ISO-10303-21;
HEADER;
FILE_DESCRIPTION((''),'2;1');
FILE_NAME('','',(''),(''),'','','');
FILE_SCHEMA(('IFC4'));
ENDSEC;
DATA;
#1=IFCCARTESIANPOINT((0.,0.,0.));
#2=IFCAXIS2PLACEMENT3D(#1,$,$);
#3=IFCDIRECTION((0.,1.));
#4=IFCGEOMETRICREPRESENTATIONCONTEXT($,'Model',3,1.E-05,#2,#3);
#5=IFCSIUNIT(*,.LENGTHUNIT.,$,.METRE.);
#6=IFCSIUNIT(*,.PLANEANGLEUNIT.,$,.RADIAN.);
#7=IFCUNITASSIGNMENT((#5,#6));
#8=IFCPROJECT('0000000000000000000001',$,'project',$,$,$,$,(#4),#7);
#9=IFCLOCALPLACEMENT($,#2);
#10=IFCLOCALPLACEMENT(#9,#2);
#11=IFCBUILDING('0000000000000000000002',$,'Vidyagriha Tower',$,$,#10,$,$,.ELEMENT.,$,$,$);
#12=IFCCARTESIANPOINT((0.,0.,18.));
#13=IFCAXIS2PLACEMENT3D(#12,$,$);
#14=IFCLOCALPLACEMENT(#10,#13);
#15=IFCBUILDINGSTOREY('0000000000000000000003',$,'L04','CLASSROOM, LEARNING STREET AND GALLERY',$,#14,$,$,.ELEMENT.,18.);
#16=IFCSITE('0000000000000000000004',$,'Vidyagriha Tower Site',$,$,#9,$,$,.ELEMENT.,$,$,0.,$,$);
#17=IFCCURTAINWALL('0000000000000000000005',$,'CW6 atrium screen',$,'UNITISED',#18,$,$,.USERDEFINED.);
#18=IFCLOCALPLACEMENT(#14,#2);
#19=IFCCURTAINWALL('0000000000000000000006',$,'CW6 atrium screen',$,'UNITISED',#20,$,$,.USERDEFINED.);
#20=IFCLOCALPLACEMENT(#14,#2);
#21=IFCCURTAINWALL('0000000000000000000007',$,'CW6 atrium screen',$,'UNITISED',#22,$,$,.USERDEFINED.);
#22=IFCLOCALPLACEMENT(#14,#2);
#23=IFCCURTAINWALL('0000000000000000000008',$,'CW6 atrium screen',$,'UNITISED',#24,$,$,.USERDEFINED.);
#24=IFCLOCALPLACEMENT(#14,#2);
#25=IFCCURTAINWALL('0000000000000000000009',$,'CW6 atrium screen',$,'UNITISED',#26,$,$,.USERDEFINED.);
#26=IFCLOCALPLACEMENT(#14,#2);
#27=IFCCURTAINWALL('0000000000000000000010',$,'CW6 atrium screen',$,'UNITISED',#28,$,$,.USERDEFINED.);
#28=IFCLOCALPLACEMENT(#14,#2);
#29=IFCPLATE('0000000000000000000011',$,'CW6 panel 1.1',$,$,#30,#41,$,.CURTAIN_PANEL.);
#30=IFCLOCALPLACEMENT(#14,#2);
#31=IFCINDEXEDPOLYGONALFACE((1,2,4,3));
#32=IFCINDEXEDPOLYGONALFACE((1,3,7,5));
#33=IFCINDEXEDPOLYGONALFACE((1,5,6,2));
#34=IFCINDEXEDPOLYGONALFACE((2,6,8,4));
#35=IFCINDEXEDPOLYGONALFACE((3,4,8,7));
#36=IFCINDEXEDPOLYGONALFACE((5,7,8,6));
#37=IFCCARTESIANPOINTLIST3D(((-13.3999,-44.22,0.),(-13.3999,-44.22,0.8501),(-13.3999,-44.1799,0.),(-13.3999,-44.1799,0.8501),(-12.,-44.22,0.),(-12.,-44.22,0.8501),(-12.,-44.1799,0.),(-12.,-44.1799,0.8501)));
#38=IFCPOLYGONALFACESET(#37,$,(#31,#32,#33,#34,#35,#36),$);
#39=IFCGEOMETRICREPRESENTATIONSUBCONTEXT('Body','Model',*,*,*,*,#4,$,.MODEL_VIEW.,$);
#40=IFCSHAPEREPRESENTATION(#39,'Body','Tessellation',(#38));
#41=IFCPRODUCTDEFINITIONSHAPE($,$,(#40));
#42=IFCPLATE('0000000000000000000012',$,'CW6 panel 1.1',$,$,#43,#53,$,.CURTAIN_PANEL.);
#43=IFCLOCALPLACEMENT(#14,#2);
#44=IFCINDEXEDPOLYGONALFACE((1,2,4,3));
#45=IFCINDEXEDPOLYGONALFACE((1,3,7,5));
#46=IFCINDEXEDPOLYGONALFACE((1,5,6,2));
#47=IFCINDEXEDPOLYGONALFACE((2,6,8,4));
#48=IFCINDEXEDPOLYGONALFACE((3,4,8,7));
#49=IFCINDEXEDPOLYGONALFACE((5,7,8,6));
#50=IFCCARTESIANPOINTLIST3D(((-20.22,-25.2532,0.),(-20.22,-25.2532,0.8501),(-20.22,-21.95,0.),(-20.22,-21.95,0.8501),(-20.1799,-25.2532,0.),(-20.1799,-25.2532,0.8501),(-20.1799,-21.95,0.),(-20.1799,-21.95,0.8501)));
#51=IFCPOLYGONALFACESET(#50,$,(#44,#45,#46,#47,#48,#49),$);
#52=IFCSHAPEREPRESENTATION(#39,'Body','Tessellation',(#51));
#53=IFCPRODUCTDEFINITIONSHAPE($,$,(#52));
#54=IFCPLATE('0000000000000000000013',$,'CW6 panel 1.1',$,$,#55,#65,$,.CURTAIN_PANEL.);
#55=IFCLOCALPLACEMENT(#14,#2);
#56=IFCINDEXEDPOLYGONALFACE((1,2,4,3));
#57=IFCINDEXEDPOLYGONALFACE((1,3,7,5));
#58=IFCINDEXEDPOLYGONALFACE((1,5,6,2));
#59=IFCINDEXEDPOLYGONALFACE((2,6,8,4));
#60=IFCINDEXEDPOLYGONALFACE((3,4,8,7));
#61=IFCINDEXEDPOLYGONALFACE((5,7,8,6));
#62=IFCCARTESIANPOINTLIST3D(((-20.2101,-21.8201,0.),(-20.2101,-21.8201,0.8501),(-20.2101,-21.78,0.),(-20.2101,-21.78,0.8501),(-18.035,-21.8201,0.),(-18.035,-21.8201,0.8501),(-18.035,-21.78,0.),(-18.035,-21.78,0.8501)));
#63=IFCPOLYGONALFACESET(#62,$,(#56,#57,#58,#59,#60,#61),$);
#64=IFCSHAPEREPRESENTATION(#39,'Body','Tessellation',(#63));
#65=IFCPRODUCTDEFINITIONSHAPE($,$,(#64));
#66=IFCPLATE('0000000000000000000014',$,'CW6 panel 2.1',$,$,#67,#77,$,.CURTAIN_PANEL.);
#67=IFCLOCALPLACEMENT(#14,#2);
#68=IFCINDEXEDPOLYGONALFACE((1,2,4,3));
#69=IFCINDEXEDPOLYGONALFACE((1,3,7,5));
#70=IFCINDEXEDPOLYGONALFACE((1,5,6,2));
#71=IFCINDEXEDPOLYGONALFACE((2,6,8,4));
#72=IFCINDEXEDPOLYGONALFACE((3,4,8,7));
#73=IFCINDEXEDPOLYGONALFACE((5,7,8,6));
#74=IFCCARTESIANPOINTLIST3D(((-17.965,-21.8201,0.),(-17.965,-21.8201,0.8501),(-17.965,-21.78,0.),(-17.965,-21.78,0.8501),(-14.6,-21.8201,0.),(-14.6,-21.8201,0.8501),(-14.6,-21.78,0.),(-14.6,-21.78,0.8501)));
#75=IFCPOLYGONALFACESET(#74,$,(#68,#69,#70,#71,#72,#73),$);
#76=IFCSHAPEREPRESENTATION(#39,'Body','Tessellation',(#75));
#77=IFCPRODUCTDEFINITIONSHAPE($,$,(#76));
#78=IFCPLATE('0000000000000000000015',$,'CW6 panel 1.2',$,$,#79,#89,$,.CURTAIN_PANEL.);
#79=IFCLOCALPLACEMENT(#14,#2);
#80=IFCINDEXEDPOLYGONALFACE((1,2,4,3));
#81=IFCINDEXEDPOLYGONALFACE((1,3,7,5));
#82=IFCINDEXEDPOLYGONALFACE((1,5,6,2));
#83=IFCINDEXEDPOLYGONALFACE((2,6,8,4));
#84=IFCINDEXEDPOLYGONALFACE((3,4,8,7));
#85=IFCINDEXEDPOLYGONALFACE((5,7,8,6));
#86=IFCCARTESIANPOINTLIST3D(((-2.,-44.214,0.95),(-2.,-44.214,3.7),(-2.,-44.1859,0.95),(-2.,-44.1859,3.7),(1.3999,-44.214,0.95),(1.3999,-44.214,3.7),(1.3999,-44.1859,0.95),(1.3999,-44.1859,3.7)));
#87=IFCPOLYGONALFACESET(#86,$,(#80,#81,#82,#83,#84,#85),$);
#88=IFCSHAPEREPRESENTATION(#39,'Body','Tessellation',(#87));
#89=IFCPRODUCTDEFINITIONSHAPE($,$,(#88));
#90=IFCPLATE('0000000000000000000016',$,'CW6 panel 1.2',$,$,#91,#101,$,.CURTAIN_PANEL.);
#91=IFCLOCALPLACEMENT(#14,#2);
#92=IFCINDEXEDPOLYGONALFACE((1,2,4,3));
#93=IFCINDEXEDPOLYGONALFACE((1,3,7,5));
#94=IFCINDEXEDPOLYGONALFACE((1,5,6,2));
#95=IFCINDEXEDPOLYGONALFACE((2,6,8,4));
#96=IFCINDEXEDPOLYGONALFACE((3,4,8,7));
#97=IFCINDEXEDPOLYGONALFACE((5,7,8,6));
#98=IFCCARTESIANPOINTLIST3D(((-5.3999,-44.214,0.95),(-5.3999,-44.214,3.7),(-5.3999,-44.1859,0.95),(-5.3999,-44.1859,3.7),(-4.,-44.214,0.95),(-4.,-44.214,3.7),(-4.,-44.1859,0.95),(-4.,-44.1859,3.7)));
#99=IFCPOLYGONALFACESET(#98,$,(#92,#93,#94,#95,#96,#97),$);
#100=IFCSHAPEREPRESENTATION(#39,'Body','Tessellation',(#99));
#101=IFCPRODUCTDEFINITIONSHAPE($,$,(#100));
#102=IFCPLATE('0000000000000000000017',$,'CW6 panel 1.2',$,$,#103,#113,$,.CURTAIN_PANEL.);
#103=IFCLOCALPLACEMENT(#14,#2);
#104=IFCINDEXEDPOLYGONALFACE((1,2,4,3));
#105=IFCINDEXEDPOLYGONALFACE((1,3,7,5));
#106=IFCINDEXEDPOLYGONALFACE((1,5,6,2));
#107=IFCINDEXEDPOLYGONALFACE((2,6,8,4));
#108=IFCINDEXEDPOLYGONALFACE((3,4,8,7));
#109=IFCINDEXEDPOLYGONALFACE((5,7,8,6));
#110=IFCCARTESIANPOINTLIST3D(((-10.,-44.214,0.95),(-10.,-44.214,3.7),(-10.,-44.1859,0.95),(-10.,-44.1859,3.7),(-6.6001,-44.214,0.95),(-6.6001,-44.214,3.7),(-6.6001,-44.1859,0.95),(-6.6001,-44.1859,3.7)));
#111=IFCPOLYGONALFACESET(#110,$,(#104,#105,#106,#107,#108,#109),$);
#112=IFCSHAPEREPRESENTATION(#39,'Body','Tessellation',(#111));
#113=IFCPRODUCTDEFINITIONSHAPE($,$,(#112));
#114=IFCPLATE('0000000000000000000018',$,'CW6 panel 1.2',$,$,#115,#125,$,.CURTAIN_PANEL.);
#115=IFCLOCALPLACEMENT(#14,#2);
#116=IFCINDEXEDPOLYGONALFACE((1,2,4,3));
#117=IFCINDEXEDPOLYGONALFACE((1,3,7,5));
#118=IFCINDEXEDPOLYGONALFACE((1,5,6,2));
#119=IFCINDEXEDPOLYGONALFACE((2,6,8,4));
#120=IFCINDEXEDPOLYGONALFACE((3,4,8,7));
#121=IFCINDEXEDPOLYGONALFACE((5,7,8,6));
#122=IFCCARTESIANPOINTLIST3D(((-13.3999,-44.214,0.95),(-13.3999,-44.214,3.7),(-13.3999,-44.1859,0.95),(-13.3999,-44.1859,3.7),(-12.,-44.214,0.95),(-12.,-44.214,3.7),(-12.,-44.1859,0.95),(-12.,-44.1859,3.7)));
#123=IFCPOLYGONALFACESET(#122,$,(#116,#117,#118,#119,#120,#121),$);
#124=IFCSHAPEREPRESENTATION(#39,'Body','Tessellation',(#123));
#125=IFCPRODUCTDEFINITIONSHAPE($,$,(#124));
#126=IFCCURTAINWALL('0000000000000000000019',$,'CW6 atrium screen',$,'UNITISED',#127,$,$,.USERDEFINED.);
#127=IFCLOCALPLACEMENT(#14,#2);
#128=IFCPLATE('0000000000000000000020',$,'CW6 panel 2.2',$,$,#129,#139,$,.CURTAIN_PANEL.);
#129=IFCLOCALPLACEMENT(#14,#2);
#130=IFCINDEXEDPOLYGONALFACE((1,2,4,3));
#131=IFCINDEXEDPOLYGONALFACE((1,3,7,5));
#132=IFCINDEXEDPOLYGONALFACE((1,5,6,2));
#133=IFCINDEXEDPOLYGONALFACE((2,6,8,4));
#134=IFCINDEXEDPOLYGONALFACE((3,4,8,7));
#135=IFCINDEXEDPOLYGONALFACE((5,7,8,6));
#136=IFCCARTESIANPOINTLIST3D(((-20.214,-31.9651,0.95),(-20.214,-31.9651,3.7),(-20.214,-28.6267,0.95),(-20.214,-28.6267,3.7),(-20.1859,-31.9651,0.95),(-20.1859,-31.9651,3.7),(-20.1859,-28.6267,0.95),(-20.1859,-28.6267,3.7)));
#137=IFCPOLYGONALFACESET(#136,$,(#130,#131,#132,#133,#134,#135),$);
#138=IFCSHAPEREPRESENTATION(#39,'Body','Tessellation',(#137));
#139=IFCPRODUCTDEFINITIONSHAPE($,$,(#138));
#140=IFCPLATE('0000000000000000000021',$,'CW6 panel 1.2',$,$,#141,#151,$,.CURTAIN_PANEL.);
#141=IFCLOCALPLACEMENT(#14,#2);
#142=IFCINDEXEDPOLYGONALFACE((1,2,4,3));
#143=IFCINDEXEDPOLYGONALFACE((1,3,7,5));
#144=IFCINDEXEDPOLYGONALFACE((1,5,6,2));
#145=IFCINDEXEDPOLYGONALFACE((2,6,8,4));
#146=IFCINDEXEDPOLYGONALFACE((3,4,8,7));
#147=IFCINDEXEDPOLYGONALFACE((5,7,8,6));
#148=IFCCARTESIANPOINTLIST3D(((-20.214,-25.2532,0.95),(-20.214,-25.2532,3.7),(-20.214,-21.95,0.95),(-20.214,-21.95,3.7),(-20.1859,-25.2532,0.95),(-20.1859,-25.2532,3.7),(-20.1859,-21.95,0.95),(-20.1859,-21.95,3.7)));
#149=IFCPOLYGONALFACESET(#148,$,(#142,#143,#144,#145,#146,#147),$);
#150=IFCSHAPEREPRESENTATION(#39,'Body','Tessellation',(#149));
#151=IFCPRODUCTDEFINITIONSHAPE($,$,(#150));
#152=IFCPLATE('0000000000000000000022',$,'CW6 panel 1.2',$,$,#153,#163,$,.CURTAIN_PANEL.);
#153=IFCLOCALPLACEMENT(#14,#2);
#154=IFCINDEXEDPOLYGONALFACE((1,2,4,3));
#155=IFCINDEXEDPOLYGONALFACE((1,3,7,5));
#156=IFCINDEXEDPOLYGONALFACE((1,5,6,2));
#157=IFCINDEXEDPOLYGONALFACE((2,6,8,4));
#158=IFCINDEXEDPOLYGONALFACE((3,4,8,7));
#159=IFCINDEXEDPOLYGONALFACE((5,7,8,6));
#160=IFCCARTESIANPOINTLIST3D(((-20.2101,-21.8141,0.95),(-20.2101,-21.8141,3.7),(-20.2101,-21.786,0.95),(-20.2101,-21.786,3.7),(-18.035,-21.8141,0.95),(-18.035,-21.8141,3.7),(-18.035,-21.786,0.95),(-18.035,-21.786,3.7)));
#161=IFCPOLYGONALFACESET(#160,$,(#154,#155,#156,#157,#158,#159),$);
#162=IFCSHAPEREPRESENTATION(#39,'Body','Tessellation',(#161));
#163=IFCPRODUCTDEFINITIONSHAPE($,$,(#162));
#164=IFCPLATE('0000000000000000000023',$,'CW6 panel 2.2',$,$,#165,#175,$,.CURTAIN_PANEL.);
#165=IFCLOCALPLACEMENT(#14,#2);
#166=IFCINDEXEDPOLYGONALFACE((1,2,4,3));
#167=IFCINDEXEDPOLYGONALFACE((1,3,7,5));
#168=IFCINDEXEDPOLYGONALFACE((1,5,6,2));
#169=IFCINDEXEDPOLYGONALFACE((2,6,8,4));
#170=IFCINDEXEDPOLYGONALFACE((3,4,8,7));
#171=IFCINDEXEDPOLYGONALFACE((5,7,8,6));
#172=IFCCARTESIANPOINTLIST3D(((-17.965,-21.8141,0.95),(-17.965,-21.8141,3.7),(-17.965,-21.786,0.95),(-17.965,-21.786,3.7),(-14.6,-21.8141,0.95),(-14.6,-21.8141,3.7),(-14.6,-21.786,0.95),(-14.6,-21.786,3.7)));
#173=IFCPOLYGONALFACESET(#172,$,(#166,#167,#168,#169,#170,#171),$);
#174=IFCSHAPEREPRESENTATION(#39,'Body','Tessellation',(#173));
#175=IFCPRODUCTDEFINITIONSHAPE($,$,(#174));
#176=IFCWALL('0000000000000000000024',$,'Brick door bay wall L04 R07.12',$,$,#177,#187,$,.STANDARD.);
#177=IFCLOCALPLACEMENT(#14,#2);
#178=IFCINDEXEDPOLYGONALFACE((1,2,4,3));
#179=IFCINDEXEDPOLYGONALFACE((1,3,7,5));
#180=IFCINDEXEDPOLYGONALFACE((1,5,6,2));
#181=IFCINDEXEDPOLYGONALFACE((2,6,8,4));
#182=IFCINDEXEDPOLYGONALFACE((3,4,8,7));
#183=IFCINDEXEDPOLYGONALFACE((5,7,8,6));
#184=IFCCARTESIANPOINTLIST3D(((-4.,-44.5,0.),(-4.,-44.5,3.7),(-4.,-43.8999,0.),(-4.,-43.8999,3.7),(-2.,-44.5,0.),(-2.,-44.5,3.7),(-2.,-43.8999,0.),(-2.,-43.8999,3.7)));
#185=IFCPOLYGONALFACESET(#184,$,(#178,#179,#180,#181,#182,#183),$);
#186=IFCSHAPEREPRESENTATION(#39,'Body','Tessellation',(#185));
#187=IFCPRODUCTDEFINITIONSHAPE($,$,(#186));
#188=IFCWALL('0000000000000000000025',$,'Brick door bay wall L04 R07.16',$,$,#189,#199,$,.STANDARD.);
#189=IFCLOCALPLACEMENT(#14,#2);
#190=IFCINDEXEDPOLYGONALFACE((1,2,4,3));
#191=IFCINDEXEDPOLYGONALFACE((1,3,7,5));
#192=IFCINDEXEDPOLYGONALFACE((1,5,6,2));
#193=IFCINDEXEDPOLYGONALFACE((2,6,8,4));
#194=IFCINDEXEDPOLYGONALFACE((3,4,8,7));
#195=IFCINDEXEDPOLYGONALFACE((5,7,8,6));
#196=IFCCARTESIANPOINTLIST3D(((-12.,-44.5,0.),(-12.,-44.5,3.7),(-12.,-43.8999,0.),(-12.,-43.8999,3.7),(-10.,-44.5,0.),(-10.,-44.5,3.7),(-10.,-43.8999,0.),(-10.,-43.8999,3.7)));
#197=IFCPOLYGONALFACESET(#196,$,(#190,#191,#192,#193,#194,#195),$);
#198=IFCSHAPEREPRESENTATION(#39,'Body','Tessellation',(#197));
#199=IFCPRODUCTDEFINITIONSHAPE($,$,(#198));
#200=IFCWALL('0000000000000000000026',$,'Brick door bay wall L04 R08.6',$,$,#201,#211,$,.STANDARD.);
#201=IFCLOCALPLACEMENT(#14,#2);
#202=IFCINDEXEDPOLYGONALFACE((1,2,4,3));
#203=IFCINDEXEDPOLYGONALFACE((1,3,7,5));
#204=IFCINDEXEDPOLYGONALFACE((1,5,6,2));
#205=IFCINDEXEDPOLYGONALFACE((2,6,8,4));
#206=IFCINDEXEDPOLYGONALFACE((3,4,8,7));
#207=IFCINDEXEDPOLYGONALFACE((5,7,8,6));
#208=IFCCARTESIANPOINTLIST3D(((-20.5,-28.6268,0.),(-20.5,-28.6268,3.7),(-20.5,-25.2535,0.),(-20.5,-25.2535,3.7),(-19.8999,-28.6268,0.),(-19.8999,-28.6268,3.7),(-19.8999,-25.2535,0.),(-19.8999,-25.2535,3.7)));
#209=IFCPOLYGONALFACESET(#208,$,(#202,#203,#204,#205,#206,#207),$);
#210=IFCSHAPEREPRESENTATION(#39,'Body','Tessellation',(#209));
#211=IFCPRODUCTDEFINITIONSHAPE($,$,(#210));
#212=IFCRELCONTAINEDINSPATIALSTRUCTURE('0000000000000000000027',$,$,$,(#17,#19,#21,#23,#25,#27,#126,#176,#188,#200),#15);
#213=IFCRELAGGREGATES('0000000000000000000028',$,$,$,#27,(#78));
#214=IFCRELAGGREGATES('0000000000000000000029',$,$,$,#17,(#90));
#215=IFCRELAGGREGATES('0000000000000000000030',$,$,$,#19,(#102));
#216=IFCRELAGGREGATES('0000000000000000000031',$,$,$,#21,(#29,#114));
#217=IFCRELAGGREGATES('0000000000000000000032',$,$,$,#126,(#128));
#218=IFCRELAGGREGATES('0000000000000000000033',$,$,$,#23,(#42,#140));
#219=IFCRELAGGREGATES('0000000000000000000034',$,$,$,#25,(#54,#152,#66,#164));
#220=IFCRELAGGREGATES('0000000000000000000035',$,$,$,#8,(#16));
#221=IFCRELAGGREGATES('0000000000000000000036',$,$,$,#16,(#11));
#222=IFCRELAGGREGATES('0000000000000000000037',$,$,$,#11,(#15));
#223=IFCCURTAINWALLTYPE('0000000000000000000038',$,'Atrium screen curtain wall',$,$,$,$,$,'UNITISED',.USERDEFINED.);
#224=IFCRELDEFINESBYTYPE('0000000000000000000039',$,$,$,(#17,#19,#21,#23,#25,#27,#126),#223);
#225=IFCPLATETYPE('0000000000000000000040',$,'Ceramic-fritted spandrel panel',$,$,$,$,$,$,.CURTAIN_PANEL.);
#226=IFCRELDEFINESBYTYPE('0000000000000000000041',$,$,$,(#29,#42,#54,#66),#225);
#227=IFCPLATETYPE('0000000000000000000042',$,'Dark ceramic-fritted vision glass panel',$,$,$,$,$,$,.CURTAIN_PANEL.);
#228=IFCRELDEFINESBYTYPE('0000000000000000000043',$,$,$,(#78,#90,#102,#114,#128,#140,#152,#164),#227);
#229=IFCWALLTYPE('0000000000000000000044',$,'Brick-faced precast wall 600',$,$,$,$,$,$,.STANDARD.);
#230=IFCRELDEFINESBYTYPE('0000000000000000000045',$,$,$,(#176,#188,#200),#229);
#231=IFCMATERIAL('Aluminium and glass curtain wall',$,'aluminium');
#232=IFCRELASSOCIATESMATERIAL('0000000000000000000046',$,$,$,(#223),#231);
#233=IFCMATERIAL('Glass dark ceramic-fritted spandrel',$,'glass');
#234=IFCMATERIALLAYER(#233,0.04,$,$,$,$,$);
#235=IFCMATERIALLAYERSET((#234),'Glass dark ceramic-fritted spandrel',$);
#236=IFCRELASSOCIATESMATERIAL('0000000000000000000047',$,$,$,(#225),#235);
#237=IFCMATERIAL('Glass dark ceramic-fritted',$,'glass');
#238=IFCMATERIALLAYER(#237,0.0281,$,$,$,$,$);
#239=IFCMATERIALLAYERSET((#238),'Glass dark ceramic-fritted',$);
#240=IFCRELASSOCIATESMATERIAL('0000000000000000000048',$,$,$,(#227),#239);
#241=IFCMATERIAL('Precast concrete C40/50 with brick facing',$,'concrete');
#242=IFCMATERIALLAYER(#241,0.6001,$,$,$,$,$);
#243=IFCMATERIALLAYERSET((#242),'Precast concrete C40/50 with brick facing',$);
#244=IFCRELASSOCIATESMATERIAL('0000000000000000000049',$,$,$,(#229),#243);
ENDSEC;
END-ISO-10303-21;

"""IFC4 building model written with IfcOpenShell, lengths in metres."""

from ifc_helpers import new_model, si_unit, direction, frame, frame_2d, origin, origin_2d, place, context, subcontext, project, spatial, rectangle, extrude, material, layer, layer_set, type_object, element, aggregate, save


model = new_model("IFC4")

# Units and contexts
model_context = context("Model", 3, precision=1e-05, world=origin(), true_north=direction((0.0, 1.0)))
body_context = subcontext(model_context, "Body", "Model", "MODEL_VIEW")
ifc_project = project(units=[si_unit("LENGTHUNIT", "METRE"), si_unit("PLANEANGLEUNIT", "RADIAN")], contexts=[model_context])

# Site, building, storey
site_placement = place(None, origin())
site = spatial("IfcSite", under=ifc_project, at=site_placement, Name="Vidyagriha Tower Site", CompositionType="ELEMENT", RefElevation=0.0)
building_placement = place(site_placement, origin())
building = spatial("IfcBuilding", under=site, at=building_placement, Name="Vidyagriha Tower", CompositionType="ELEMENT")
storey_placement = place(building_placement, frame((0.0, 0.0, 18.0)))
storey = spatial("IfcBuildingStorey", under=building, at=storey_placement, Name="L04", Description="CLASSROOM, LEARNING STREET AND GALLERY", CompositionType="ELEMENT", Elevation=18.0)

# Curtain walls
ifc_material_1 = material(Name="Aluminium and glass curtain wall", Category="aluminium")
curtain_wall_type = type_object("IfcCurtainWallType", Name="Atrium screen curtain wall", ElementType="UNITISED", PredefinedType="USERDEFINED", material=ifc_material_1)
curtain_wall_1_placement = place(storey_placement, origin())
curtain_wall_1 = element("IfcCurtainWall", 1, at=curtain_wall_1_placement, inside=storey, type_object=curtain_wall_type, Name="CW6 atrium screen", ObjectType="UNITISED", PredefinedType="USERDEFINED")
curtain_wall_2_placement = place(storey_placement, origin())
curtain_wall_2 = element("IfcCurtainWall", 2, at=curtain_wall_2_placement, inside=storey, type_object=curtain_wall_type, Name="CW6 atrium screen", ObjectType="UNITISED", PredefinedType="USERDEFINED")
curtain_wall_3_placement = place(storey_placement, origin())
curtain_wall_3 = element("IfcCurtainWall", 3, at=curtain_wall_3_placement, inside=storey, type_object=curtain_wall_type, Name="CW6 atrium screen", ObjectType="UNITISED", PredefinedType="USERDEFINED")
curtain_wall_4_placement = place(storey_placement, origin())
curtain_wall_4 = element("IfcCurtainWall", 4, at=curtain_wall_4_placement, inside=storey, type_object=curtain_wall_type, Name="CW6 atrium screen", ObjectType="UNITISED", PredefinedType="USERDEFINED")

# Curtain wall
curtain_wall_5_placement = place(storey_placement, origin())
curtain_wall_5 = element("IfcCurtainWall", 5, at=curtain_wall_5_placement, inside=storey, type_object=curtain_wall_type, Name="CW6 atrium screen", ObjectType="UNITISED", PredefinedType="USERDEFINED")

# Curtain wall
curtain_wall_6_placement = place(storey_placement, origin())
curtain_wall_6 = element("IfcCurtainWall", 6, at=curtain_wall_6_placement, inside=storey, type_object=curtain_wall_type, Name="CW6 atrium screen", ObjectType="UNITISED", PredefinedType="USERDEFINED")
ifc_material_2 = material(Name="Glass dark ceramic-fritted spandrel", Category="glass")
ifc_layer_1 = layer(ifc_material_2, 0.04)
ifc_layer_set_1 = layer_set([ifc_layer_1], Name="Glass dark ceramic-fritted spandrel")
plate_type_1 = type_object("IfcPlateType", Name="Ceramic-fritted spandrel panel", PredefinedType="CURTAIN_PANEL", material=ifc_layer_set_1)

# Plates
plate_1_placement = place(storey_placement, frame((-12.7, -44.2, 0.0), z_axis=(0.0, 0.0, 1.0), x_axis=(-1.0, 0.0, 0.0)))
plate_1 = element("IfcPlate", 7, at=plate_1_placement, type_object=plate_type_1, Name="CW6 panel 1.1", PredefinedType="CURTAIN_PANEL", context=body_context, shape_type="SweptSolid", body=[
    extrude(rectangle(XDim=1.3999, YDim=0.04, at=origin_2d()), origin(), (0.0, 0.0, 1.0), 0.8501),
])
plate_2_placement = place(storey_placement, frame((-20.2, -23.6016, 0.0), z_axis=(0.0, 0.0, 1.0), x_axis=(0.0, 1.0, 0.0)))
plate_2 = element("IfcPlate", 8, at=plate_2_placement, type_object=plate_type_1, Name="CW6 panel 1.1", PredefinedType="CURTAIN_PANEL", context=body_context, shape_type="SweptSolid", body=[
    extrude(rectangle(XDim=3.3032, YDim=0.04, at=origin_2d()), origin(), (0.0, 0.0, 1.0), 0.8501),
])
plate_3_placement = place(storey_placement, frame((-19.1226, -21.8, 0.0)))
plate_3 = element("IfcPlate", 9, at=plate_3_placement, type_object=plate_type_1, Name="CW6 panel 1.1", PredefinedType="CURTAIN_PANEL", context=body_context, shape_type="SweptSolid", body=[
    extrude(rectangle(XDim=2.175, YDim=0.04, at=origin_2d()), origin(), (0.0, 0.0, 1.0), 0.8501),
])
plate_4_placement = place(storey_placement, frame((-16.2825, -21.8, 0.0)))
plate_4 = element("IfcPlate", 10, at=plate_4_placement, type_object=plate_type_1, Name="CW6 panel 2.1", PredefinedType="CURTAIN_PANEL", context=body_context, shape_type="SweptSolid", body=[
    extrude(rectangle(XDim=3.365, YDim=0.04, at=origin_2d()), origin(), (0.0, 0.0, 1.0), 0.8501),
])
ifc_material_3 = material(Name="Glass dark ceramic-fritted", Category="glass")
ifc_layer_2 = layer(ifc_material_3, 0.0281)
ifc_layer_set_2 = layer_set([ifc_layer_2], Name="Glass dark ceramic-fritted")
plate_type_2 = type_object("IfcPlateType", Name="Dark ceramic-fritted vision glass panel", PredefinedType="CURTAIN_PANEL", material=ifc_layer_set_2)
plate_5_placement = place(storey_placement, frame((-0.3, -44.2, 0.95), z_axis=(0.0, 0.0, 1.0), x_axis=(-1.0, 0.0, 0.0)))
plate_5 = element("IfcPlate", 11, at=plate_5_placement, type_object=plate_type_2, Name="CW6 panel 1.2", PredefinedType="CURTAIN_PANEL", context=body_context, shape_type="SweptSolid", body=[
    extrude(rectangle(XDim=3.3999, YDim=0.0281, at=origin_2d()), origin(), (0.0, 0.0, 1.0), 2.75),
])
aggregate(curtain_wall_6, [plate_5])
plate_6_placement = place(storey_placement, frame((-4.7, -44.2, 0.95), z_axis=(0.0, 0.0, 1.0), x_axis=(-1.0, 0.0, 0.0)))
plate_6 = element("IfcPlate", 12, at=plate_6_placement, type_object=plate_type_2, Name="CW6 panel 1.2", PredefinedType="CURTAIN_PANEL", context=body_context, shape_type="SweptSolid", body=[
    extrude(rectangle(XDim=1.3999, YDim=0.0281, at=origin_2d()), origin(), (0.0, 0.0, 1.0), 2.75),
])
aggregate(curtain_wall_1, [plate_6])
plate_7_placement = place(storey_placement, frame((-8.3, -44.2, 0.95), z_axis=(0.0, 0.0, 1.0), x_axis=(-1.0, 0.0, 0.0)))
plate_7 = element("IfcPlate", 13, at=plate_7_placement, type_object=plate_type_2, Name="CW6 panel 1.2", PredefinedType="CURTAIN_PANEL", context=body_context, shape_type="SweptSolid", body=[
    extrude(rectangle(XDim=3.3999, YDim=0.0281, at=origin_2d()), origin(), (0.0, 0.0, 1.0), 2.75),
])
aggregate(curtain_wall_2, [plate_7])
plate_8_placement = place(storey_placement, frame((-12.7, -44.2, 0.95), z_axis=(0.0, 0.0, 1.0), x_axis=(-1.0, 0.0, 0.0)))
plate_8 = element("IfcPlate", 14, at=plate_8_placement, type_object=plate_type_2, Name="CW6 panel 1.2", PredefinedType="CURTAIN_PANEL", context=body_context, shape_type="SweptSolid", body=[
    extrude(rectangle(XDim=1.3999, YDim=0.0281, at=origin_2d()), origin(), (0.0, 0.0, 1.0), 2.75),
])
aggregate(curtain_wall_3, [plate_1, plate_8])

# Curtain wall, plate
curtain_wall_7_placement = place(storey_placement, origin())
curtain_wall_7 = element("IfcCurtainWall", 15, at=curtain_wall_7_placement, inside=storey, type_object=curtain_wall_type, Name="CW6 atrium screen", ObjectType="UNITISED", PredefinedType="USERDEFINED")
plate_9_placement = place(storey_placement, frame((-20.2, -30.2959, 0.95), z_axis=(0.0, 0.0, 1.0), x_axis=(0.0, 1.0, 0.0)))
plate_9 = element("IfcPlate", 16, at=plate_9_placement, type_object=plate_type_2, Name="CW6 panel 2.2", PredefinedType="CURTAIN_PANEL", context=body_context, shape_type="SweptSolid", body=[
    extrude(rectangle(XDim=3.3384, YDim=0.0281, at=origin_2d()), origin(), (0.0, 0.0, 1.0), 2.75),
])
aggregate(curtain_wall_7, [plate_9])

# Plates
plate_10_placement = place(storey_placement, frame((-20.2, -23.6016, 0.95), z_axis=(0.0, 0.0, 1.0), x_axis=(0.0, 1.0, 0.0)))
plate_10 = element("IfcPlate", 17, at=plate_10_placement, type_object=plate_type_2, Name="CW6 panel 1.2", PredefinedType="CURTAIN_PANEL", context=body_context, shape_type="SweptSolid", body=[
    extrude(rectangle(XDim=3.3032, YDim=0.0281, at=origin_2d()), origin(), (0.0, 0.0, 1.0), 2.75),
])
aggregate(curtain_wall_4, [plate_2, plate_10])
plate_11_placement = place(storey_placement, frame((-19.1226, -21.8, 0.95)))
plate_11 = element("IfcPlate", 18, at=plate_11_placement, type_object=plate_type_2, Name="CW6 panel 1.2", PredefinedType="CURTAIN_PANEL", context=body_context, shape_type="SweptSolid", body=[
    extrude(rectangle(XDim=2.175, YDim=0.0281, at=origin_2d()), origin(), (0.0, 0.0, 1.0), 2.75),
])
plate_12_placement = place(storey_placement, frame((-16.2825, -21.8, 0.95)))
plate_12 = element("IfcPlate", 19, at=plate_12_placement, type_object=plate_type_2, Name="CW6 panel 2.2", PredefinedType="CURTAIN_PANEL", context=body_context, shape_type="SweptSolid", body=[
    extrude(rectangle(XDim=3.365, YDim=0.0281, at=origin_2d()), origin(), (0.0, 0.0, 1.0), 2.75),
])
aggregate(curtain_wall_5, [plate_3, plate_11, plate_4, plate_12])

# Walls
ifc_material_4 = material(Name="Precast concrete C40/50 with brick facing", Category="concrete")
ifc_layer_3 = layer(ifc_material_4, 0.6001)
ifc_layer_set_3 = layer_set([ifc_layer_3], Name="Precast concrete C40/50 with brick facing")
wall_type = type_object("IfcWallType", Name="Brick-faced precast wall 600", PredefinedType="STANDARD", material=ifc_layer_set_3)
for number, where, z_axis, x_axis, name in (
    (20, (-2.0, -44.2, 0.0), (0.0, 0.0, 1.0), (-1.0, 0.0, 0.0), "Brick door bay wall L04 R07.12"),
    (21, (-10.0, -44.2, 0.0), (0.0, 0.0, 1.0), (-1.0, 0.0, 0.0), "Brick door bay wall L04 R07.16"),
):
    element("IfcWall", number, at=place(storey_placement, frame(where, z_axis=z_axis, x_axis=x_axis)), inside=storey, type_object=wall_type, Name=name, PredefinedType="STANDARD", context=body_context, shape_type="SweptSolid", body=[
        extrude(rectangle(XDim=2.0, YDim=0.6001, at=frame_2d((1.0, 0.0))), origin(), (0.0, 0.0, 1.0), 3.7),
    ])
wall_1_placement = place(storey_placement, frame((-20.2, -28.6267, 0.0), z_axis=(0.0, 0.0, 1.0), x_axis=(0.0, 1.0, 0.0)))
element("IfcWall", 22, at=wall_1_placement, inside=storey, type_object=wall_type, Name="Brick door bay wall L04 R08.6", PredefinedType="STANDARD", context=body_context, shape_type="SweptSolid", body=[
    extrude(rectangle(XDim=3.3733, YDim=0.6001, at=frame_2d((1.6865, 0.0))), origin(), (0.0, 0.0, 1.0), 3.7),
])

save(model, "model.ifc")
